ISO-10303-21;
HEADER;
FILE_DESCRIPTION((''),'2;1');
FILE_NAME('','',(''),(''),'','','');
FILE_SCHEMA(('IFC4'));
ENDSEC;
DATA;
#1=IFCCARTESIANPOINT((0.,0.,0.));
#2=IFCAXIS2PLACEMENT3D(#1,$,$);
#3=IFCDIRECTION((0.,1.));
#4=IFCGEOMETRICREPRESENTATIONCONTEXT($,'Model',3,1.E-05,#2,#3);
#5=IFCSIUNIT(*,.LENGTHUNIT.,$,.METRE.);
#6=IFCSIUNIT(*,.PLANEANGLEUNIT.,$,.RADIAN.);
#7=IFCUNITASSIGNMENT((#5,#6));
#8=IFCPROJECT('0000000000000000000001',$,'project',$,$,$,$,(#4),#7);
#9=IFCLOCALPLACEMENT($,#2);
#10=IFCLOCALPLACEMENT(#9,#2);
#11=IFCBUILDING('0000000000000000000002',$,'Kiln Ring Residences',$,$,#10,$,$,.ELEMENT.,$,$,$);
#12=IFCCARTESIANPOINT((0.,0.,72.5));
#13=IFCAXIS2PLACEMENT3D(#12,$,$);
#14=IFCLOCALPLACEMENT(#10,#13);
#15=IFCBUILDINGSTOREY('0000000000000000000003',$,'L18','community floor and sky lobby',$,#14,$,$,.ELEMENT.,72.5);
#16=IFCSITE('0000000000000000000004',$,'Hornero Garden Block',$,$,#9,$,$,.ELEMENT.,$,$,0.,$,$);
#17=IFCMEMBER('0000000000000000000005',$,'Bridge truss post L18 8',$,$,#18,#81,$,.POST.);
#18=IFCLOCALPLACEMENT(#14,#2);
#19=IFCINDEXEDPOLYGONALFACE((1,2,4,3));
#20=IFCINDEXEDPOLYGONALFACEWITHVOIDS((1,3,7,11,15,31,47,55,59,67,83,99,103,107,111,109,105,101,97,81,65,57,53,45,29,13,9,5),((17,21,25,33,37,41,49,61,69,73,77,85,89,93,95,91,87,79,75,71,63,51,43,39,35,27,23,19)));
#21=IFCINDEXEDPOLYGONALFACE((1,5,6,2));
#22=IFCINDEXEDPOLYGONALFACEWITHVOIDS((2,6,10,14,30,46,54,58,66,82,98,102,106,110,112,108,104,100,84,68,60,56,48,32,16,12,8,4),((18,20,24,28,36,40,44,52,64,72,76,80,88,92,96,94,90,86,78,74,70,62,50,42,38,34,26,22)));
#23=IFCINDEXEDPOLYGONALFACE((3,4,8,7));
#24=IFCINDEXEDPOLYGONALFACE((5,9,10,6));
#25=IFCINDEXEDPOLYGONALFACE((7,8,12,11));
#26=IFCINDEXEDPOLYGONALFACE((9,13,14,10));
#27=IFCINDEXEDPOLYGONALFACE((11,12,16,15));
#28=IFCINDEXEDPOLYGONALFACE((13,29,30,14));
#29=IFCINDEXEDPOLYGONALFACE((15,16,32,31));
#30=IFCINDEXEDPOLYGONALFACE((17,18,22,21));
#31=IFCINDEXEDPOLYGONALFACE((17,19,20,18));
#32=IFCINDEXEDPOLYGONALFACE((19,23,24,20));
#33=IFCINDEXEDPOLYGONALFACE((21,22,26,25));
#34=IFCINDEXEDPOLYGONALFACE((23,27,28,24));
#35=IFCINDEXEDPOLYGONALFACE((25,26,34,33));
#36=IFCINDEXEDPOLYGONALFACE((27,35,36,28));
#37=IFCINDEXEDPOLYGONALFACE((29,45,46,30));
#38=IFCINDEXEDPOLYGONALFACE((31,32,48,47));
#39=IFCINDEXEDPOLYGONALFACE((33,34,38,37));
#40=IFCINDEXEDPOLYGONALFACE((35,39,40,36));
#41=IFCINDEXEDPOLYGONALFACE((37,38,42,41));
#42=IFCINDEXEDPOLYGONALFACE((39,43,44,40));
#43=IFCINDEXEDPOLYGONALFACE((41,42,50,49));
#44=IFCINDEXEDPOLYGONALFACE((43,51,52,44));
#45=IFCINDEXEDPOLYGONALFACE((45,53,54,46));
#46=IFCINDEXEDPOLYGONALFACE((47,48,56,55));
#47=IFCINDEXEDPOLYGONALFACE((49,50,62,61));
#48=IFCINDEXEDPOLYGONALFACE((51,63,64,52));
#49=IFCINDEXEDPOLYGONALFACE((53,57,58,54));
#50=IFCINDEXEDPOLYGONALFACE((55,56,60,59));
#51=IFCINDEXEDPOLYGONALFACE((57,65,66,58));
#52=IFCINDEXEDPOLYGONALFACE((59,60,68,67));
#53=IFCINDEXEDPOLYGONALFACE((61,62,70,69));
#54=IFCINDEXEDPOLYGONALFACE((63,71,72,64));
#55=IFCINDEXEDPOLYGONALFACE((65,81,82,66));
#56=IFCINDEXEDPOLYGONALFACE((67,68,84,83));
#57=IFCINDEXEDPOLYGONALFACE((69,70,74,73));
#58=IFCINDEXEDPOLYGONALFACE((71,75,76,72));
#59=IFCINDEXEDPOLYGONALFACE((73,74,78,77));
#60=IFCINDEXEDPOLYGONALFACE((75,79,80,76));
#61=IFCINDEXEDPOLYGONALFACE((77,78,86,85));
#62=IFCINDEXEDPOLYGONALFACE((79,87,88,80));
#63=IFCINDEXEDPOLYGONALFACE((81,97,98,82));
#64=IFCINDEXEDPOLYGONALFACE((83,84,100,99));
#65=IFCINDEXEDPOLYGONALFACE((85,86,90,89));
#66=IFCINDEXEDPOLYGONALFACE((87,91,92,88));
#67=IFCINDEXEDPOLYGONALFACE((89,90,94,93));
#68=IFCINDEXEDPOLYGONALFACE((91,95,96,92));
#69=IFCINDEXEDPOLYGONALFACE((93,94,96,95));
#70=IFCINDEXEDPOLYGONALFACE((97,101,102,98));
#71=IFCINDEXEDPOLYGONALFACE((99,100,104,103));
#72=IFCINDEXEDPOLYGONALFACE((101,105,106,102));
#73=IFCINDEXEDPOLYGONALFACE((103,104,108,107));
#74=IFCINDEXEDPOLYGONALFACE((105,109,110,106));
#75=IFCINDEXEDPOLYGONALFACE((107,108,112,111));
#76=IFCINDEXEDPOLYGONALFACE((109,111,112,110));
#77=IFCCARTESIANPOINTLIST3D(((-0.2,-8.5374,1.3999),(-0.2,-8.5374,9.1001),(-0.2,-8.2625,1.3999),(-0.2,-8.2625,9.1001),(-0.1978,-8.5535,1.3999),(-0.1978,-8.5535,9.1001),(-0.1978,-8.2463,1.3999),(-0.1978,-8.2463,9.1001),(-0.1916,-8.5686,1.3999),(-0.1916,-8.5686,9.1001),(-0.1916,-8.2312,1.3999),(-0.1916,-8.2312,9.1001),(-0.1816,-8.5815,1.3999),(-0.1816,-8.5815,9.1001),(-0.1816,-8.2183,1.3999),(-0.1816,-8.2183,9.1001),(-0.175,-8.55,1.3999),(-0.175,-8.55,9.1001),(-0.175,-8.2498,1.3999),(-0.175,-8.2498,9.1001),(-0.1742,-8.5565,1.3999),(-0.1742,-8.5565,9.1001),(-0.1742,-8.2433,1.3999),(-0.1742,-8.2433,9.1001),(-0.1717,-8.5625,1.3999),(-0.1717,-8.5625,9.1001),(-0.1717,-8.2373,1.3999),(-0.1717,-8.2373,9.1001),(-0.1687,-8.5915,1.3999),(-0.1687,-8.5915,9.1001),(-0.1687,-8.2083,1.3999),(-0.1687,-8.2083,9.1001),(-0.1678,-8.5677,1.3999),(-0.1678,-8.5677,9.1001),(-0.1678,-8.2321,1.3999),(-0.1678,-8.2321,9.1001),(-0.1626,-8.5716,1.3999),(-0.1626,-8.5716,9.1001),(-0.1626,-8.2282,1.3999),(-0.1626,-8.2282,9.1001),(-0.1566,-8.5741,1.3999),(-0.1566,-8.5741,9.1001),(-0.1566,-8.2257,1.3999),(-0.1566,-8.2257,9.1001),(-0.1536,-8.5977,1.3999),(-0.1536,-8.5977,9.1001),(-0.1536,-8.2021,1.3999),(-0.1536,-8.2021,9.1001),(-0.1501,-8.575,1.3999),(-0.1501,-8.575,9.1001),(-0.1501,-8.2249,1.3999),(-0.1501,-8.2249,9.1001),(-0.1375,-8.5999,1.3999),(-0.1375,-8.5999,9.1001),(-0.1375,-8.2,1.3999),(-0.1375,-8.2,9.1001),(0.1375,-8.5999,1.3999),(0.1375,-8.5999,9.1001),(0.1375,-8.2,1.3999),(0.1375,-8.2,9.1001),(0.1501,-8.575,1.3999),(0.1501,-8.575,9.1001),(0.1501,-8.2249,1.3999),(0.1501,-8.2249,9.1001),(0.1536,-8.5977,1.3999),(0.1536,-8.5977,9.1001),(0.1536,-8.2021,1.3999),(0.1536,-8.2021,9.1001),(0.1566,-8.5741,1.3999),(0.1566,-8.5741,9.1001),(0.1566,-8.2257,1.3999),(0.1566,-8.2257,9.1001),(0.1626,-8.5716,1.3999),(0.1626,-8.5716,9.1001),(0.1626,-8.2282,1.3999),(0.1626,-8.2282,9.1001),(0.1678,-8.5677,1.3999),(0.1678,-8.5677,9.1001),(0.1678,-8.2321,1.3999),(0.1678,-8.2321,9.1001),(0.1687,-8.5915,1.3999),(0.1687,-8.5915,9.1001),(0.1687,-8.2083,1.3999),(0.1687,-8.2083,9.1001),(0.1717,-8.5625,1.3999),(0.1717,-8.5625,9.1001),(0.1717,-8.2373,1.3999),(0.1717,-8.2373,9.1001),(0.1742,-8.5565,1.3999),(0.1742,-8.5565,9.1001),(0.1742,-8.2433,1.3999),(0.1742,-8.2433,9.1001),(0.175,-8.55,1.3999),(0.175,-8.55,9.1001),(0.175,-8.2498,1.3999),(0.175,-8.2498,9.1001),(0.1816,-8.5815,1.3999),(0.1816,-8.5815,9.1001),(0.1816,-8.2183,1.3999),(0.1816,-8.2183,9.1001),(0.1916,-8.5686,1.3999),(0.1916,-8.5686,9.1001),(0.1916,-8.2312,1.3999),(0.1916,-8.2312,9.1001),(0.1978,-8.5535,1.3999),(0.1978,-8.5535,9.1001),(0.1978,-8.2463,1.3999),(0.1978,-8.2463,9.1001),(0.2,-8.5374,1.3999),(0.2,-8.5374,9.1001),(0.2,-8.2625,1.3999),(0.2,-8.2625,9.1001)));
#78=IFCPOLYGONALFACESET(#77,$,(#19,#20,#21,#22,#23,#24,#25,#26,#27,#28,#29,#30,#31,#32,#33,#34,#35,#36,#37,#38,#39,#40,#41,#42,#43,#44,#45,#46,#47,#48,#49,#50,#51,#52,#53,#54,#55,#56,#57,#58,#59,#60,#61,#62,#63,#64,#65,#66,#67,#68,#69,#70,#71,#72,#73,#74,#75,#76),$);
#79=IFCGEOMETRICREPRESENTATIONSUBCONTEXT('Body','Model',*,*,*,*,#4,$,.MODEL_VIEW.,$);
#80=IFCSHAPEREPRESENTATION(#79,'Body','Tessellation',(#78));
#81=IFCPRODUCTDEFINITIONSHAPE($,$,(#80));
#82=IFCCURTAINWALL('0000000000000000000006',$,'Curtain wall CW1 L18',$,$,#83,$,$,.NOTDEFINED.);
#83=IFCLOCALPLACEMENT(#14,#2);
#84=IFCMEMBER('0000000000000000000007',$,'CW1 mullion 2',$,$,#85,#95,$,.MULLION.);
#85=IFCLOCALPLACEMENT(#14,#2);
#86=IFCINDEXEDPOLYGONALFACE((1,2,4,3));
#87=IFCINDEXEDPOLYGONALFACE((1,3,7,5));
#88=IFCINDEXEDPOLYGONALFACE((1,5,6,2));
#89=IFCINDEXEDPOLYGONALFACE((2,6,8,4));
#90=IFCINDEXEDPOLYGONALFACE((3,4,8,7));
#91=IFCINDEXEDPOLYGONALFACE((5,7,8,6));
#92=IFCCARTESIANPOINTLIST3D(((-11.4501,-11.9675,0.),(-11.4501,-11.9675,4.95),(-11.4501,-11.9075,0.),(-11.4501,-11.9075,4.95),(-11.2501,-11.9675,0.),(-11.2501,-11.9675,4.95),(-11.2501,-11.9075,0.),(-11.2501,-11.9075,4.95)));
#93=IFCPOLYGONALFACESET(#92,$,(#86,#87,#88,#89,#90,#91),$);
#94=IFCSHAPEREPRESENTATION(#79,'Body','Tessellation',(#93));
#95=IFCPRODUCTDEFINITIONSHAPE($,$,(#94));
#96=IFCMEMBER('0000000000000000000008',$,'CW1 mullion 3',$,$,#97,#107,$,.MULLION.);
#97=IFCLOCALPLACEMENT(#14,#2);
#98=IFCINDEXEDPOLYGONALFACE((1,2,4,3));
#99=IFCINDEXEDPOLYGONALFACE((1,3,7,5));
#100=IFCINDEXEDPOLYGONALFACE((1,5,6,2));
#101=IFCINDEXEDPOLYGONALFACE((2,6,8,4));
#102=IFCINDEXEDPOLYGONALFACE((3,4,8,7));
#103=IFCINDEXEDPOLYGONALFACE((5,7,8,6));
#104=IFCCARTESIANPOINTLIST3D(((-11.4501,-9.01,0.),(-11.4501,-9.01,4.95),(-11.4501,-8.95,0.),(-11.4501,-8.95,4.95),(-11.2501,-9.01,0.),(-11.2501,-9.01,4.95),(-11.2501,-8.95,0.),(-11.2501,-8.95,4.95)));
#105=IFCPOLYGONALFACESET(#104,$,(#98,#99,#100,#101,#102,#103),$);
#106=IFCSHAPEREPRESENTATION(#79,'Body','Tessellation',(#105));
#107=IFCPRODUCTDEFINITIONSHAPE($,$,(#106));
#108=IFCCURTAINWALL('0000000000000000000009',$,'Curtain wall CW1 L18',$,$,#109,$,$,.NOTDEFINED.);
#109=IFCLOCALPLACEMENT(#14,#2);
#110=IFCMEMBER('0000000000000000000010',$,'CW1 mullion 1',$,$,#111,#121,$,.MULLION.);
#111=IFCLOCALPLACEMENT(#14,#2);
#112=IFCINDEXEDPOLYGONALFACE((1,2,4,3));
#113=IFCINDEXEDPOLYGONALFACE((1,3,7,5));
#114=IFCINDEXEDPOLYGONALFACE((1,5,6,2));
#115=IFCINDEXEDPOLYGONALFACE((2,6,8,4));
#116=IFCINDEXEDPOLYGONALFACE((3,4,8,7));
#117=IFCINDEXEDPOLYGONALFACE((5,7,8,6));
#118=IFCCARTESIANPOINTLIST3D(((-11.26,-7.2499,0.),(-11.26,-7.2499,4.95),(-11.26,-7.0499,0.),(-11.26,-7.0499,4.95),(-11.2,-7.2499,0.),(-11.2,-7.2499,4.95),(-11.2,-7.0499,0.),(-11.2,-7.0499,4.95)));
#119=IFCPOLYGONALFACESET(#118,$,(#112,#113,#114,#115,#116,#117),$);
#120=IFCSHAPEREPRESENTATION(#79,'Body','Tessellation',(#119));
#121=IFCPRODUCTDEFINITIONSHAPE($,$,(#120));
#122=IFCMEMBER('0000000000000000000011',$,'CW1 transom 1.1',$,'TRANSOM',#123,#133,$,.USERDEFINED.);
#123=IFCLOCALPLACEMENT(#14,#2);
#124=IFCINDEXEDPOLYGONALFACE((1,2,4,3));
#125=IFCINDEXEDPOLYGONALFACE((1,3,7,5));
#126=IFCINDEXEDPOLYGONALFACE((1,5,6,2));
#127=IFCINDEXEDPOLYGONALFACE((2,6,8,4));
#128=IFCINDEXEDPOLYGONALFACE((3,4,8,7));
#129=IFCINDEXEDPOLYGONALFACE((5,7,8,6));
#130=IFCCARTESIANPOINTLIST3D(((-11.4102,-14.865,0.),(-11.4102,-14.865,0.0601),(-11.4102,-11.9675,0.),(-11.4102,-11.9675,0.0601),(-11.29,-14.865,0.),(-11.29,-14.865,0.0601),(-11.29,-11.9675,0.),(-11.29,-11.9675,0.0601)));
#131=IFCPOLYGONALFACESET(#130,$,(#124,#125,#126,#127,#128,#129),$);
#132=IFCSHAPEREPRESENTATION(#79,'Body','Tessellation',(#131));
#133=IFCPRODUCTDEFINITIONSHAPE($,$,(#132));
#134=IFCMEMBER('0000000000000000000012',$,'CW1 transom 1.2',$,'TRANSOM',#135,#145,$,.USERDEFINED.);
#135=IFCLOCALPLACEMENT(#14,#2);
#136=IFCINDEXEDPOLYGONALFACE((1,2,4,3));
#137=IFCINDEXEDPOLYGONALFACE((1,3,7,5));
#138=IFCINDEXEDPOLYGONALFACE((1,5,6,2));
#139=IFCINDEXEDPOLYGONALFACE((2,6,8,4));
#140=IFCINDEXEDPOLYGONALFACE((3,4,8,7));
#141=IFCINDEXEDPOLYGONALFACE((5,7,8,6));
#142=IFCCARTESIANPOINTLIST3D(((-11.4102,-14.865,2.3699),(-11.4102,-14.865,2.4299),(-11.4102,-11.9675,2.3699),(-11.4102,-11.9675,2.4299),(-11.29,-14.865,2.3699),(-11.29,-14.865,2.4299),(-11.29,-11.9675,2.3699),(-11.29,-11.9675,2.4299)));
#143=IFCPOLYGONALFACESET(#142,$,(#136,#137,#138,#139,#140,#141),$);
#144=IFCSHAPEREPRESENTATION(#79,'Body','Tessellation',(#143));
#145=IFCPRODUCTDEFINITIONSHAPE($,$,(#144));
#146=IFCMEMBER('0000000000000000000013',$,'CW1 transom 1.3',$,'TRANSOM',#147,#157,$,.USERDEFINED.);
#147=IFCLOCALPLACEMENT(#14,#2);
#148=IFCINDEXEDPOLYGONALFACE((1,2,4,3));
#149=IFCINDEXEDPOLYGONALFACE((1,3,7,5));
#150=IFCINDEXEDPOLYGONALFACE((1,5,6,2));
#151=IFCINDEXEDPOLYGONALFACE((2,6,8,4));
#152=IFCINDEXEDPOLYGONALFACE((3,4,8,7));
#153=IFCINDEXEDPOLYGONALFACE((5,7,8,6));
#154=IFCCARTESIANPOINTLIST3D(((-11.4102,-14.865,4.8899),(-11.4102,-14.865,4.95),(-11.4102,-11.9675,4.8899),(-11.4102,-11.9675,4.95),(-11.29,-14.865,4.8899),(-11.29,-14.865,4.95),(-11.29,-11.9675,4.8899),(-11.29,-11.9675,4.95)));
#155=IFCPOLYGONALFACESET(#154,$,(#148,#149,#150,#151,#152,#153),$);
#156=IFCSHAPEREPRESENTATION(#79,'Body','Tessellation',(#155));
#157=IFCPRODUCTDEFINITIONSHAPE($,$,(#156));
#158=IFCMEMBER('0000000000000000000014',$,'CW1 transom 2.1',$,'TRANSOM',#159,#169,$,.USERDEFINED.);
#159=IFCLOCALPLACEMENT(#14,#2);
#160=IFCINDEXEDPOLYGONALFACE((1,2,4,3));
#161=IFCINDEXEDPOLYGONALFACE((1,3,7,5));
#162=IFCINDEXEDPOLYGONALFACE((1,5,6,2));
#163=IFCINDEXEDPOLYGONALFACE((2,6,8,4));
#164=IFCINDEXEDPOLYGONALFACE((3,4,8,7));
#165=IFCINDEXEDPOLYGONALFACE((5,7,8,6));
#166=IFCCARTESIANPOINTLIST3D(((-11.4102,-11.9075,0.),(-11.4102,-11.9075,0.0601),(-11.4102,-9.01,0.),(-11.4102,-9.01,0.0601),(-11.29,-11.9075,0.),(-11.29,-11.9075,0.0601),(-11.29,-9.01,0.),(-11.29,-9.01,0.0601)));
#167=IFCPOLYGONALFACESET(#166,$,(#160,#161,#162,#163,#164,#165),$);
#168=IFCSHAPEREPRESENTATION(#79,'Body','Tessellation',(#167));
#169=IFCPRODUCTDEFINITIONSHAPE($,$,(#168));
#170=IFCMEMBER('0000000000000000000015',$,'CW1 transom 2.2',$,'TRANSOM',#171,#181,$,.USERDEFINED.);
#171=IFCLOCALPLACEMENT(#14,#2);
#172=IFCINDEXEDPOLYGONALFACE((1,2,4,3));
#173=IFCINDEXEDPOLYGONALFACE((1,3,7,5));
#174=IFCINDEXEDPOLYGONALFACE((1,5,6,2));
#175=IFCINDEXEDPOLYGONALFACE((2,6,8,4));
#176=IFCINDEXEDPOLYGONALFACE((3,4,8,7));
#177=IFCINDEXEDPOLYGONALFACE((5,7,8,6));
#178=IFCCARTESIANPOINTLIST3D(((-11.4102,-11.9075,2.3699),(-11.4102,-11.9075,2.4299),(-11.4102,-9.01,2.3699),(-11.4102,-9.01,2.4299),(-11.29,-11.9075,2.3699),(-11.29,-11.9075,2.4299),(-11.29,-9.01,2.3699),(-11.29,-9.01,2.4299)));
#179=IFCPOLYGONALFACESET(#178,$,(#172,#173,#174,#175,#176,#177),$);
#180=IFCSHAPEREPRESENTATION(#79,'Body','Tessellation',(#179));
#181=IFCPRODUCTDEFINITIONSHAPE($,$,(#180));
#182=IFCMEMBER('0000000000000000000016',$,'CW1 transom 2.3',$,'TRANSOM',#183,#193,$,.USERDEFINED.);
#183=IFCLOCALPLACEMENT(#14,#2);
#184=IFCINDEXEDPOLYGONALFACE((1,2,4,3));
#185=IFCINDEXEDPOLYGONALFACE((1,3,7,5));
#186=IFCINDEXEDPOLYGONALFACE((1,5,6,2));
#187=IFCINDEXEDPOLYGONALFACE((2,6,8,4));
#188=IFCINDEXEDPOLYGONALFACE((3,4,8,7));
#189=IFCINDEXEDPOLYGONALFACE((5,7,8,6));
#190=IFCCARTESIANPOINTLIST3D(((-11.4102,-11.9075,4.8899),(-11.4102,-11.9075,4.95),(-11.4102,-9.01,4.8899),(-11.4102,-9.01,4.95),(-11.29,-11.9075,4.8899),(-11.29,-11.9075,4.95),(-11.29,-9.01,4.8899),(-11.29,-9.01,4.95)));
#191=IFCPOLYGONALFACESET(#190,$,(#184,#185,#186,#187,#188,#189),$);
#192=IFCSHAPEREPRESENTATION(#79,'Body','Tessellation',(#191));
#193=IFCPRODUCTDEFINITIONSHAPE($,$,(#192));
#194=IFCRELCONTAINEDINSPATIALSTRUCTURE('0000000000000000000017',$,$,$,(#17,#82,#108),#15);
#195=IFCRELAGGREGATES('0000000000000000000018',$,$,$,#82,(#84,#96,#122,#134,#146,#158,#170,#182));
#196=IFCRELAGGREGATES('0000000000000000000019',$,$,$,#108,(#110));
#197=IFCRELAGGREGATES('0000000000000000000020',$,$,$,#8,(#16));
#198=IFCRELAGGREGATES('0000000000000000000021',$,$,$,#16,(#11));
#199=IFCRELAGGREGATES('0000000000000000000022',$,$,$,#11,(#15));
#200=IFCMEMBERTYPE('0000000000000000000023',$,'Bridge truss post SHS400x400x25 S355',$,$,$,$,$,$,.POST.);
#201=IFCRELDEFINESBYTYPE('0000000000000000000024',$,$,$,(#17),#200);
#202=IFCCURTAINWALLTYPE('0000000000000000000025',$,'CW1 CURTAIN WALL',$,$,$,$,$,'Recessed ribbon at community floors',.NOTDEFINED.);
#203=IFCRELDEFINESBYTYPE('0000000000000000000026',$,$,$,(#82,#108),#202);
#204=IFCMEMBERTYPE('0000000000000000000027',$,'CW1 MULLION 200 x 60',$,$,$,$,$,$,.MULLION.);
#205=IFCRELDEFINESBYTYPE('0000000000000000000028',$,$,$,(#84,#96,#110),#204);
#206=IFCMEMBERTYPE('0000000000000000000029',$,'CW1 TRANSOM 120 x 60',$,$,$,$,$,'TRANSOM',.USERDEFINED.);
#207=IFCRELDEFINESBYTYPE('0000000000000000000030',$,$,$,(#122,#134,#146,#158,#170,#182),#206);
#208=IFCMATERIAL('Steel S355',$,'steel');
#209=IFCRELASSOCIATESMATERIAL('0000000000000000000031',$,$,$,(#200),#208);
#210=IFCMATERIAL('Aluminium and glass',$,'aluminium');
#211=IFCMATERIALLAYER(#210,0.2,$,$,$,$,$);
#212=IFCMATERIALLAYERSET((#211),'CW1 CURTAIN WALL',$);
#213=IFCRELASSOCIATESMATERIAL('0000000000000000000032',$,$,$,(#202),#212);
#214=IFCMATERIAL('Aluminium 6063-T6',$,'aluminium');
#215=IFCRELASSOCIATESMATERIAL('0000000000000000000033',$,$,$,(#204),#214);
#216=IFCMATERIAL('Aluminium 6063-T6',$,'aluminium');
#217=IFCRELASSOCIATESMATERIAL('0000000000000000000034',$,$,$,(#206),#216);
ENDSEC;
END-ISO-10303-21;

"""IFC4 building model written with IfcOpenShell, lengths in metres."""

from ifc_helpers import new_model, si_unit, direction, frame, origin, origin_2d, place, context, subcontext, project, spatial, rectangle, hollow_rectangle, extrude, material, layer, layer_set, material_profile, profile_set, type_object, element, aggregate, save


model = new_model("IFC4")

# Units and contexts
model_context = context("Model", 3, precision=1e-05, world=origin(), true_north=direction((0.0, 1.0)))
body_context = subcontext(model_context, "Body", "Model", "MODEL_VIEW")
ifc_project = project(units=[si_unit("LENGTHUNIT", "METRE"), si_unit("PLANEANGLEUNIT", "RADIAN")], contexts=[model_context])

# Site, building, storey
site_placement = place(None, origin())
site = spatial("IfcSite", under=ifc_project, at=site_placement, Name="Hornero Garden Block", CompositionType="ELEMENT", RefElevation=0.0)
building_placement = place(site_placement, origin())
building = spatial("IfcBuilding", under=site, at=building_placement, Name="Kiln Ring Residences", CompositionType="ELEMENT")
storey_placement = place(building_placement, frame((0.0, 0.0, 72.5)))
storey = spatial("IfcBuildingStorey", under=building, at=storey_placement, Name="L18", Description="community floor and sky lobby", CompositionType="ELEMENT", Elevation=72.5)

# Member
ifc_material_1 = material(Name="Steel S355", Category="steel")
ifc_material_profile_1 = material_profile(ifc_material_1, hollow_rectangle(XDim=0.3999, YDim=0.3999, WallThickness=0.0249, InnerFilletRadius=0.0249, OuterFilletRadius=0.0625, at=origin_2d()), Name="SHS400x400x25")
ifc_profile_set_1 = profile_set([ifc_material_profile_1], Name="Steel S355")
member_type_1 = type_object("IfcMemberType", Name="Bridge truss post SHS400x400x25 S355", PredefinedType="POST", material=ifc_profile_set_1)
for number, where, z_axis, x_axis, name in (
    (1, (0.0, -8.3999, 1.3999), (0.0, 0.0, 1.0), (1.0, 0.0, 0.0), "Bridge truss post L18 8"),
):
    element("IfcMember", number, at=place(storey_placement, frame(where, z_axis=z_axis, x_axis=x_axis)), inside=storey, type_object=member_type_1, Name=name, PredefinedType="POST", context=body_context, shape_type="SweptSolid", body=[
        extrude(hollow_rectangle(XDim=0.3999, YDim=0.3999, WallThickness=0.0249, InnerFilletRadius=0.0249, OuterFilletRadius=0.0625, at=origin_2d()), origin(), (0.0, 0.0, 1.0), 7.7002),
    ])

# Curtain wall, members
ifc_material_2 = material(Name="Aluminium and glass", Category="aluminium")
ifc_layer_1 = layer(ifc_material_2, 0.2)
ifc_layer_set_1 = layer_set([ifc_layer_1], Name="CW1 CURTAIN WALL")
curtain_wall_type = type_object("IfcCurtainWallType", Name="CW1 CURTAIN WALL", ElementType="Recessed ribbon at community floors", PredefinedType="NOTDEFINED", material=ifc_layer_set_1)
placement = place(storey_placement, origin())
curtain_wall_1 = element("IfcCurtainWall", 2, at=placement, inside=storey, type_object=curtain_wall_type, Name="Curtain wall CW1 L18", PredefinedType="NOTDEFINED")
ifc_material_3 = material(Name="Aluminium 6063-T6", Category="aluminium")
ifc_material_profile_2 = material_profile(ifc_material_3, rectangle(XDim=0.2, YDim=0.0601, at=origin_2d()), Name="AL 200x60")
ifc_profile_set_2 = profile_set([ifc_material_profile_2], Name="Aluminium 6063-T6")
member_type_2 = type_object("IfcMemberType", Name="CW1 MULLION 200 x 60", PredefinedType="MULLION", material=ifc_profile_set_2)
member_1_placement = place(storey_placement, frame((-11.3501, -11.9375, 0.0), z_axis=(0.0, 0.0, 1.0), x_axis=(-1.0, 0.0, 0.0)))
member_1 = element("IfcMember", 3, at=member_1_placement, type_object=member_type_2, Name="CW1 mullion 2", PredefinedType="MULLION", context=body_context, shape_type="SweptSolid", body=[
    extrude(rectangle(XDim=0.2, YDim=0.0601, at=origin_2d()), origin(), (0.0, 0.0, 1.0), 4.95),
])
member_2_placement = place(storey_placement, frame((-11.3501, -8.98, 0.0), z_axis=(0.0, 0.0, 1.0), x_axis=(-1.0, 0.0, 0.0)))
member_2 = element("IfcMember", 4, at=member_2_placement, type_object=member_type_2, Name="CW1 mullion 3", PredefinedType="MULLION", context=body_context, shape_type="SweptSolid", body=[
    extrude(rectangle(XDim=0.2, YDim=0.0601, at=origin_2d()), origin(), (0.0, 0.0, 1.0), 4.95),
])

# Curtain wall, member
curtain_wall_2 = element("IfcCurtainWall", 5, at=placement, inside=storey, type_object=curtain_wall_type, Name="Curtain wall CW1 L18", PredefinedType="NOTDEFINED")
member_3_placement = place(storey_placement, frame((-11.23, -7.1499, 0.0), z_axis=(0.0, 0.0, 1.0), x_axis=(0.0, -1.0, 0.0)))
member_3 = element("IfcMember", 6, at=member_3_placement, type_object=member_type_2, Name="CW1 mullion 1", PredefinedType="MULLION", context=body_context, shape_type="SweptSolid", body=[
    extrude(rectangle(XDim=0.2, YDim=0.0601, at=origin_2d()), origin(), (0.0, 0.0, 1.0), 4.95),
])

# Members
ifc_material_4 = material(Name="Aluminium 6063-T6", Category="aluminium")
ifc_material_profile_3 = material_profile(ifc_material_4, rectangle(XDim=0.1201, YDim=0.0601, at=origin_2d()), Name="AL 120x60")
ifc_profile_set_3 = profile_set([ifc_material_profile_3], Name="Aluminium 6063-T6")
member_type_3 = type_object("IfcMemberType", Name="CW1 TRANSOM 120 x 60", ElementType="TRANSOM", PredefinedType="USERDEFINED", material=ifc_profile_set_3)
member_4_placement = place(storey_placement, frame((-11.3501, -14.865, 0.03), z_axis=(0.0, 1.0, 0.0), x_axis=(-1.0, 0.0, 0.0)))
member_4 = element("IfcMember", 7, at=member_4_placement, type_object=member_type_3, Name="CW1 transom 1.1", ObjectType="TRANSOM", PredefinedType="USERDEFINED", context=body_context, shape_type="SweptSolid", body=[
    extrude(rectangle(XDim=0.1201, YDim=0.0601, at=origin_2d()), origin(), (0.0, 0.0, 1.0), 2.8975),
])
member_5_placement = place(storey_placement, frame((-11.3501, -14.865, 2.3999), z_axis=(0.0, 1.0, 0.0), x_axis=(-1.0, 0.0, 0.0)))
member_5 = element("IfcMember", 8, at=member_5_placement, type_object=member_type_3, Name="CW1 transom 1.2", ObjectType="TRANSOM", PredefinedType="USERDEFINED", context=body_context, shape_type="SweptSolid", body=[
    extrude(rectangle(XDim=0.1201, YDim=0.0601, at=origin_2d()), origin(), (0.0, 0.0, 1.0), 2.8975),
])
member_6_placement = place(storey_placement, frame((-11.3501, -14.865, 4.9199), z_axis=(0.0, 1.0, 0.0), x_axis=(-1.0, 0.0, 0.0)))
member_6 = element("IfcMember", 9, at=member_6_placement, type_object=member_type_3, Name="CW1 transom 1.3", ObjectType="TRANSOM", PredefinedType="USERDEFINED", context=body_context, shape_type="SweptSolid", body=[
    extrude(rectangle(XDim=0.1201, YDim=0.0601, at=origin_2d()), origin(), (0.0, 0.0, 1.0), 2.8975),
])
member_7_placement = place(storey_placement, frame((-11.3501, -11.9075, 0.03), z_axis=(0.0, 1.0, 0.0), x_axis=(-1.0, 0.0, 0.0)))
member_7 = element("IfcMember", 10, at=member_7_placement, type_object=member_type_3, Name="CW1 transom 2.1", ObjectType="TRANSOM", PredefinedType="USERDEFINED", context=body_context, shape_type="SweptSolid", body=[
    extrude(rectangle(XDim=0.1201, YDim=0.0601, at=origin_2d()), origin(), (0.0, 0.0, 1.0), 2.8975),
])
member_8_placement = place(storey_placement, frame((-11.3501, -11.9075, 2.3999), z_axis=(0.0, 1.0, 0.0), x_axis=(-1.0, 0.0, 0.0)))
member_8 = element("IfcMember", 11, at=member_8_placement, type_object=member_type_3, Name="CW1 transom 2.2", ObjectType="TRANSOM", PredefinedType="USERDEFINED", context=body_context, shape_type="SweptSolid", body=[
    extrude(rectangle(XDim=0.1201, YDim=0.0601, at=origin_2d()), origin(), (0.0, 0.0, 1.0), 2.8975),
])
member_9_placement = place(storey_placement, frame((-11.3501, -11.9075, 4.9199), z_axis=(0.0, 1.0, 0.0), x_axis=(-1.0, 0.0, 0.0)))
member_9 = element("IfcMember", 12, at=member_9_placement, type_object=member_type_3, Name="CW1 transom 2.3", ObjectType="TRANSOM", PredefinedType="USERDEFINED", context=body_context, shape_type="SweptSolid", body=[
    extrude(rectangle(XDim=0.1201, YDim=0.0601, at=origin_2d()), origin(), (0.0, 0.0, 1.0), 2.8975),
])

aggregate(curtain_wall_1, [member_1, member_2, member_4, member_5, member_6, member_7, member_8, member_9])
aggregate(curtain_wall_2, [member_3])

save(model, "model.ifc")
